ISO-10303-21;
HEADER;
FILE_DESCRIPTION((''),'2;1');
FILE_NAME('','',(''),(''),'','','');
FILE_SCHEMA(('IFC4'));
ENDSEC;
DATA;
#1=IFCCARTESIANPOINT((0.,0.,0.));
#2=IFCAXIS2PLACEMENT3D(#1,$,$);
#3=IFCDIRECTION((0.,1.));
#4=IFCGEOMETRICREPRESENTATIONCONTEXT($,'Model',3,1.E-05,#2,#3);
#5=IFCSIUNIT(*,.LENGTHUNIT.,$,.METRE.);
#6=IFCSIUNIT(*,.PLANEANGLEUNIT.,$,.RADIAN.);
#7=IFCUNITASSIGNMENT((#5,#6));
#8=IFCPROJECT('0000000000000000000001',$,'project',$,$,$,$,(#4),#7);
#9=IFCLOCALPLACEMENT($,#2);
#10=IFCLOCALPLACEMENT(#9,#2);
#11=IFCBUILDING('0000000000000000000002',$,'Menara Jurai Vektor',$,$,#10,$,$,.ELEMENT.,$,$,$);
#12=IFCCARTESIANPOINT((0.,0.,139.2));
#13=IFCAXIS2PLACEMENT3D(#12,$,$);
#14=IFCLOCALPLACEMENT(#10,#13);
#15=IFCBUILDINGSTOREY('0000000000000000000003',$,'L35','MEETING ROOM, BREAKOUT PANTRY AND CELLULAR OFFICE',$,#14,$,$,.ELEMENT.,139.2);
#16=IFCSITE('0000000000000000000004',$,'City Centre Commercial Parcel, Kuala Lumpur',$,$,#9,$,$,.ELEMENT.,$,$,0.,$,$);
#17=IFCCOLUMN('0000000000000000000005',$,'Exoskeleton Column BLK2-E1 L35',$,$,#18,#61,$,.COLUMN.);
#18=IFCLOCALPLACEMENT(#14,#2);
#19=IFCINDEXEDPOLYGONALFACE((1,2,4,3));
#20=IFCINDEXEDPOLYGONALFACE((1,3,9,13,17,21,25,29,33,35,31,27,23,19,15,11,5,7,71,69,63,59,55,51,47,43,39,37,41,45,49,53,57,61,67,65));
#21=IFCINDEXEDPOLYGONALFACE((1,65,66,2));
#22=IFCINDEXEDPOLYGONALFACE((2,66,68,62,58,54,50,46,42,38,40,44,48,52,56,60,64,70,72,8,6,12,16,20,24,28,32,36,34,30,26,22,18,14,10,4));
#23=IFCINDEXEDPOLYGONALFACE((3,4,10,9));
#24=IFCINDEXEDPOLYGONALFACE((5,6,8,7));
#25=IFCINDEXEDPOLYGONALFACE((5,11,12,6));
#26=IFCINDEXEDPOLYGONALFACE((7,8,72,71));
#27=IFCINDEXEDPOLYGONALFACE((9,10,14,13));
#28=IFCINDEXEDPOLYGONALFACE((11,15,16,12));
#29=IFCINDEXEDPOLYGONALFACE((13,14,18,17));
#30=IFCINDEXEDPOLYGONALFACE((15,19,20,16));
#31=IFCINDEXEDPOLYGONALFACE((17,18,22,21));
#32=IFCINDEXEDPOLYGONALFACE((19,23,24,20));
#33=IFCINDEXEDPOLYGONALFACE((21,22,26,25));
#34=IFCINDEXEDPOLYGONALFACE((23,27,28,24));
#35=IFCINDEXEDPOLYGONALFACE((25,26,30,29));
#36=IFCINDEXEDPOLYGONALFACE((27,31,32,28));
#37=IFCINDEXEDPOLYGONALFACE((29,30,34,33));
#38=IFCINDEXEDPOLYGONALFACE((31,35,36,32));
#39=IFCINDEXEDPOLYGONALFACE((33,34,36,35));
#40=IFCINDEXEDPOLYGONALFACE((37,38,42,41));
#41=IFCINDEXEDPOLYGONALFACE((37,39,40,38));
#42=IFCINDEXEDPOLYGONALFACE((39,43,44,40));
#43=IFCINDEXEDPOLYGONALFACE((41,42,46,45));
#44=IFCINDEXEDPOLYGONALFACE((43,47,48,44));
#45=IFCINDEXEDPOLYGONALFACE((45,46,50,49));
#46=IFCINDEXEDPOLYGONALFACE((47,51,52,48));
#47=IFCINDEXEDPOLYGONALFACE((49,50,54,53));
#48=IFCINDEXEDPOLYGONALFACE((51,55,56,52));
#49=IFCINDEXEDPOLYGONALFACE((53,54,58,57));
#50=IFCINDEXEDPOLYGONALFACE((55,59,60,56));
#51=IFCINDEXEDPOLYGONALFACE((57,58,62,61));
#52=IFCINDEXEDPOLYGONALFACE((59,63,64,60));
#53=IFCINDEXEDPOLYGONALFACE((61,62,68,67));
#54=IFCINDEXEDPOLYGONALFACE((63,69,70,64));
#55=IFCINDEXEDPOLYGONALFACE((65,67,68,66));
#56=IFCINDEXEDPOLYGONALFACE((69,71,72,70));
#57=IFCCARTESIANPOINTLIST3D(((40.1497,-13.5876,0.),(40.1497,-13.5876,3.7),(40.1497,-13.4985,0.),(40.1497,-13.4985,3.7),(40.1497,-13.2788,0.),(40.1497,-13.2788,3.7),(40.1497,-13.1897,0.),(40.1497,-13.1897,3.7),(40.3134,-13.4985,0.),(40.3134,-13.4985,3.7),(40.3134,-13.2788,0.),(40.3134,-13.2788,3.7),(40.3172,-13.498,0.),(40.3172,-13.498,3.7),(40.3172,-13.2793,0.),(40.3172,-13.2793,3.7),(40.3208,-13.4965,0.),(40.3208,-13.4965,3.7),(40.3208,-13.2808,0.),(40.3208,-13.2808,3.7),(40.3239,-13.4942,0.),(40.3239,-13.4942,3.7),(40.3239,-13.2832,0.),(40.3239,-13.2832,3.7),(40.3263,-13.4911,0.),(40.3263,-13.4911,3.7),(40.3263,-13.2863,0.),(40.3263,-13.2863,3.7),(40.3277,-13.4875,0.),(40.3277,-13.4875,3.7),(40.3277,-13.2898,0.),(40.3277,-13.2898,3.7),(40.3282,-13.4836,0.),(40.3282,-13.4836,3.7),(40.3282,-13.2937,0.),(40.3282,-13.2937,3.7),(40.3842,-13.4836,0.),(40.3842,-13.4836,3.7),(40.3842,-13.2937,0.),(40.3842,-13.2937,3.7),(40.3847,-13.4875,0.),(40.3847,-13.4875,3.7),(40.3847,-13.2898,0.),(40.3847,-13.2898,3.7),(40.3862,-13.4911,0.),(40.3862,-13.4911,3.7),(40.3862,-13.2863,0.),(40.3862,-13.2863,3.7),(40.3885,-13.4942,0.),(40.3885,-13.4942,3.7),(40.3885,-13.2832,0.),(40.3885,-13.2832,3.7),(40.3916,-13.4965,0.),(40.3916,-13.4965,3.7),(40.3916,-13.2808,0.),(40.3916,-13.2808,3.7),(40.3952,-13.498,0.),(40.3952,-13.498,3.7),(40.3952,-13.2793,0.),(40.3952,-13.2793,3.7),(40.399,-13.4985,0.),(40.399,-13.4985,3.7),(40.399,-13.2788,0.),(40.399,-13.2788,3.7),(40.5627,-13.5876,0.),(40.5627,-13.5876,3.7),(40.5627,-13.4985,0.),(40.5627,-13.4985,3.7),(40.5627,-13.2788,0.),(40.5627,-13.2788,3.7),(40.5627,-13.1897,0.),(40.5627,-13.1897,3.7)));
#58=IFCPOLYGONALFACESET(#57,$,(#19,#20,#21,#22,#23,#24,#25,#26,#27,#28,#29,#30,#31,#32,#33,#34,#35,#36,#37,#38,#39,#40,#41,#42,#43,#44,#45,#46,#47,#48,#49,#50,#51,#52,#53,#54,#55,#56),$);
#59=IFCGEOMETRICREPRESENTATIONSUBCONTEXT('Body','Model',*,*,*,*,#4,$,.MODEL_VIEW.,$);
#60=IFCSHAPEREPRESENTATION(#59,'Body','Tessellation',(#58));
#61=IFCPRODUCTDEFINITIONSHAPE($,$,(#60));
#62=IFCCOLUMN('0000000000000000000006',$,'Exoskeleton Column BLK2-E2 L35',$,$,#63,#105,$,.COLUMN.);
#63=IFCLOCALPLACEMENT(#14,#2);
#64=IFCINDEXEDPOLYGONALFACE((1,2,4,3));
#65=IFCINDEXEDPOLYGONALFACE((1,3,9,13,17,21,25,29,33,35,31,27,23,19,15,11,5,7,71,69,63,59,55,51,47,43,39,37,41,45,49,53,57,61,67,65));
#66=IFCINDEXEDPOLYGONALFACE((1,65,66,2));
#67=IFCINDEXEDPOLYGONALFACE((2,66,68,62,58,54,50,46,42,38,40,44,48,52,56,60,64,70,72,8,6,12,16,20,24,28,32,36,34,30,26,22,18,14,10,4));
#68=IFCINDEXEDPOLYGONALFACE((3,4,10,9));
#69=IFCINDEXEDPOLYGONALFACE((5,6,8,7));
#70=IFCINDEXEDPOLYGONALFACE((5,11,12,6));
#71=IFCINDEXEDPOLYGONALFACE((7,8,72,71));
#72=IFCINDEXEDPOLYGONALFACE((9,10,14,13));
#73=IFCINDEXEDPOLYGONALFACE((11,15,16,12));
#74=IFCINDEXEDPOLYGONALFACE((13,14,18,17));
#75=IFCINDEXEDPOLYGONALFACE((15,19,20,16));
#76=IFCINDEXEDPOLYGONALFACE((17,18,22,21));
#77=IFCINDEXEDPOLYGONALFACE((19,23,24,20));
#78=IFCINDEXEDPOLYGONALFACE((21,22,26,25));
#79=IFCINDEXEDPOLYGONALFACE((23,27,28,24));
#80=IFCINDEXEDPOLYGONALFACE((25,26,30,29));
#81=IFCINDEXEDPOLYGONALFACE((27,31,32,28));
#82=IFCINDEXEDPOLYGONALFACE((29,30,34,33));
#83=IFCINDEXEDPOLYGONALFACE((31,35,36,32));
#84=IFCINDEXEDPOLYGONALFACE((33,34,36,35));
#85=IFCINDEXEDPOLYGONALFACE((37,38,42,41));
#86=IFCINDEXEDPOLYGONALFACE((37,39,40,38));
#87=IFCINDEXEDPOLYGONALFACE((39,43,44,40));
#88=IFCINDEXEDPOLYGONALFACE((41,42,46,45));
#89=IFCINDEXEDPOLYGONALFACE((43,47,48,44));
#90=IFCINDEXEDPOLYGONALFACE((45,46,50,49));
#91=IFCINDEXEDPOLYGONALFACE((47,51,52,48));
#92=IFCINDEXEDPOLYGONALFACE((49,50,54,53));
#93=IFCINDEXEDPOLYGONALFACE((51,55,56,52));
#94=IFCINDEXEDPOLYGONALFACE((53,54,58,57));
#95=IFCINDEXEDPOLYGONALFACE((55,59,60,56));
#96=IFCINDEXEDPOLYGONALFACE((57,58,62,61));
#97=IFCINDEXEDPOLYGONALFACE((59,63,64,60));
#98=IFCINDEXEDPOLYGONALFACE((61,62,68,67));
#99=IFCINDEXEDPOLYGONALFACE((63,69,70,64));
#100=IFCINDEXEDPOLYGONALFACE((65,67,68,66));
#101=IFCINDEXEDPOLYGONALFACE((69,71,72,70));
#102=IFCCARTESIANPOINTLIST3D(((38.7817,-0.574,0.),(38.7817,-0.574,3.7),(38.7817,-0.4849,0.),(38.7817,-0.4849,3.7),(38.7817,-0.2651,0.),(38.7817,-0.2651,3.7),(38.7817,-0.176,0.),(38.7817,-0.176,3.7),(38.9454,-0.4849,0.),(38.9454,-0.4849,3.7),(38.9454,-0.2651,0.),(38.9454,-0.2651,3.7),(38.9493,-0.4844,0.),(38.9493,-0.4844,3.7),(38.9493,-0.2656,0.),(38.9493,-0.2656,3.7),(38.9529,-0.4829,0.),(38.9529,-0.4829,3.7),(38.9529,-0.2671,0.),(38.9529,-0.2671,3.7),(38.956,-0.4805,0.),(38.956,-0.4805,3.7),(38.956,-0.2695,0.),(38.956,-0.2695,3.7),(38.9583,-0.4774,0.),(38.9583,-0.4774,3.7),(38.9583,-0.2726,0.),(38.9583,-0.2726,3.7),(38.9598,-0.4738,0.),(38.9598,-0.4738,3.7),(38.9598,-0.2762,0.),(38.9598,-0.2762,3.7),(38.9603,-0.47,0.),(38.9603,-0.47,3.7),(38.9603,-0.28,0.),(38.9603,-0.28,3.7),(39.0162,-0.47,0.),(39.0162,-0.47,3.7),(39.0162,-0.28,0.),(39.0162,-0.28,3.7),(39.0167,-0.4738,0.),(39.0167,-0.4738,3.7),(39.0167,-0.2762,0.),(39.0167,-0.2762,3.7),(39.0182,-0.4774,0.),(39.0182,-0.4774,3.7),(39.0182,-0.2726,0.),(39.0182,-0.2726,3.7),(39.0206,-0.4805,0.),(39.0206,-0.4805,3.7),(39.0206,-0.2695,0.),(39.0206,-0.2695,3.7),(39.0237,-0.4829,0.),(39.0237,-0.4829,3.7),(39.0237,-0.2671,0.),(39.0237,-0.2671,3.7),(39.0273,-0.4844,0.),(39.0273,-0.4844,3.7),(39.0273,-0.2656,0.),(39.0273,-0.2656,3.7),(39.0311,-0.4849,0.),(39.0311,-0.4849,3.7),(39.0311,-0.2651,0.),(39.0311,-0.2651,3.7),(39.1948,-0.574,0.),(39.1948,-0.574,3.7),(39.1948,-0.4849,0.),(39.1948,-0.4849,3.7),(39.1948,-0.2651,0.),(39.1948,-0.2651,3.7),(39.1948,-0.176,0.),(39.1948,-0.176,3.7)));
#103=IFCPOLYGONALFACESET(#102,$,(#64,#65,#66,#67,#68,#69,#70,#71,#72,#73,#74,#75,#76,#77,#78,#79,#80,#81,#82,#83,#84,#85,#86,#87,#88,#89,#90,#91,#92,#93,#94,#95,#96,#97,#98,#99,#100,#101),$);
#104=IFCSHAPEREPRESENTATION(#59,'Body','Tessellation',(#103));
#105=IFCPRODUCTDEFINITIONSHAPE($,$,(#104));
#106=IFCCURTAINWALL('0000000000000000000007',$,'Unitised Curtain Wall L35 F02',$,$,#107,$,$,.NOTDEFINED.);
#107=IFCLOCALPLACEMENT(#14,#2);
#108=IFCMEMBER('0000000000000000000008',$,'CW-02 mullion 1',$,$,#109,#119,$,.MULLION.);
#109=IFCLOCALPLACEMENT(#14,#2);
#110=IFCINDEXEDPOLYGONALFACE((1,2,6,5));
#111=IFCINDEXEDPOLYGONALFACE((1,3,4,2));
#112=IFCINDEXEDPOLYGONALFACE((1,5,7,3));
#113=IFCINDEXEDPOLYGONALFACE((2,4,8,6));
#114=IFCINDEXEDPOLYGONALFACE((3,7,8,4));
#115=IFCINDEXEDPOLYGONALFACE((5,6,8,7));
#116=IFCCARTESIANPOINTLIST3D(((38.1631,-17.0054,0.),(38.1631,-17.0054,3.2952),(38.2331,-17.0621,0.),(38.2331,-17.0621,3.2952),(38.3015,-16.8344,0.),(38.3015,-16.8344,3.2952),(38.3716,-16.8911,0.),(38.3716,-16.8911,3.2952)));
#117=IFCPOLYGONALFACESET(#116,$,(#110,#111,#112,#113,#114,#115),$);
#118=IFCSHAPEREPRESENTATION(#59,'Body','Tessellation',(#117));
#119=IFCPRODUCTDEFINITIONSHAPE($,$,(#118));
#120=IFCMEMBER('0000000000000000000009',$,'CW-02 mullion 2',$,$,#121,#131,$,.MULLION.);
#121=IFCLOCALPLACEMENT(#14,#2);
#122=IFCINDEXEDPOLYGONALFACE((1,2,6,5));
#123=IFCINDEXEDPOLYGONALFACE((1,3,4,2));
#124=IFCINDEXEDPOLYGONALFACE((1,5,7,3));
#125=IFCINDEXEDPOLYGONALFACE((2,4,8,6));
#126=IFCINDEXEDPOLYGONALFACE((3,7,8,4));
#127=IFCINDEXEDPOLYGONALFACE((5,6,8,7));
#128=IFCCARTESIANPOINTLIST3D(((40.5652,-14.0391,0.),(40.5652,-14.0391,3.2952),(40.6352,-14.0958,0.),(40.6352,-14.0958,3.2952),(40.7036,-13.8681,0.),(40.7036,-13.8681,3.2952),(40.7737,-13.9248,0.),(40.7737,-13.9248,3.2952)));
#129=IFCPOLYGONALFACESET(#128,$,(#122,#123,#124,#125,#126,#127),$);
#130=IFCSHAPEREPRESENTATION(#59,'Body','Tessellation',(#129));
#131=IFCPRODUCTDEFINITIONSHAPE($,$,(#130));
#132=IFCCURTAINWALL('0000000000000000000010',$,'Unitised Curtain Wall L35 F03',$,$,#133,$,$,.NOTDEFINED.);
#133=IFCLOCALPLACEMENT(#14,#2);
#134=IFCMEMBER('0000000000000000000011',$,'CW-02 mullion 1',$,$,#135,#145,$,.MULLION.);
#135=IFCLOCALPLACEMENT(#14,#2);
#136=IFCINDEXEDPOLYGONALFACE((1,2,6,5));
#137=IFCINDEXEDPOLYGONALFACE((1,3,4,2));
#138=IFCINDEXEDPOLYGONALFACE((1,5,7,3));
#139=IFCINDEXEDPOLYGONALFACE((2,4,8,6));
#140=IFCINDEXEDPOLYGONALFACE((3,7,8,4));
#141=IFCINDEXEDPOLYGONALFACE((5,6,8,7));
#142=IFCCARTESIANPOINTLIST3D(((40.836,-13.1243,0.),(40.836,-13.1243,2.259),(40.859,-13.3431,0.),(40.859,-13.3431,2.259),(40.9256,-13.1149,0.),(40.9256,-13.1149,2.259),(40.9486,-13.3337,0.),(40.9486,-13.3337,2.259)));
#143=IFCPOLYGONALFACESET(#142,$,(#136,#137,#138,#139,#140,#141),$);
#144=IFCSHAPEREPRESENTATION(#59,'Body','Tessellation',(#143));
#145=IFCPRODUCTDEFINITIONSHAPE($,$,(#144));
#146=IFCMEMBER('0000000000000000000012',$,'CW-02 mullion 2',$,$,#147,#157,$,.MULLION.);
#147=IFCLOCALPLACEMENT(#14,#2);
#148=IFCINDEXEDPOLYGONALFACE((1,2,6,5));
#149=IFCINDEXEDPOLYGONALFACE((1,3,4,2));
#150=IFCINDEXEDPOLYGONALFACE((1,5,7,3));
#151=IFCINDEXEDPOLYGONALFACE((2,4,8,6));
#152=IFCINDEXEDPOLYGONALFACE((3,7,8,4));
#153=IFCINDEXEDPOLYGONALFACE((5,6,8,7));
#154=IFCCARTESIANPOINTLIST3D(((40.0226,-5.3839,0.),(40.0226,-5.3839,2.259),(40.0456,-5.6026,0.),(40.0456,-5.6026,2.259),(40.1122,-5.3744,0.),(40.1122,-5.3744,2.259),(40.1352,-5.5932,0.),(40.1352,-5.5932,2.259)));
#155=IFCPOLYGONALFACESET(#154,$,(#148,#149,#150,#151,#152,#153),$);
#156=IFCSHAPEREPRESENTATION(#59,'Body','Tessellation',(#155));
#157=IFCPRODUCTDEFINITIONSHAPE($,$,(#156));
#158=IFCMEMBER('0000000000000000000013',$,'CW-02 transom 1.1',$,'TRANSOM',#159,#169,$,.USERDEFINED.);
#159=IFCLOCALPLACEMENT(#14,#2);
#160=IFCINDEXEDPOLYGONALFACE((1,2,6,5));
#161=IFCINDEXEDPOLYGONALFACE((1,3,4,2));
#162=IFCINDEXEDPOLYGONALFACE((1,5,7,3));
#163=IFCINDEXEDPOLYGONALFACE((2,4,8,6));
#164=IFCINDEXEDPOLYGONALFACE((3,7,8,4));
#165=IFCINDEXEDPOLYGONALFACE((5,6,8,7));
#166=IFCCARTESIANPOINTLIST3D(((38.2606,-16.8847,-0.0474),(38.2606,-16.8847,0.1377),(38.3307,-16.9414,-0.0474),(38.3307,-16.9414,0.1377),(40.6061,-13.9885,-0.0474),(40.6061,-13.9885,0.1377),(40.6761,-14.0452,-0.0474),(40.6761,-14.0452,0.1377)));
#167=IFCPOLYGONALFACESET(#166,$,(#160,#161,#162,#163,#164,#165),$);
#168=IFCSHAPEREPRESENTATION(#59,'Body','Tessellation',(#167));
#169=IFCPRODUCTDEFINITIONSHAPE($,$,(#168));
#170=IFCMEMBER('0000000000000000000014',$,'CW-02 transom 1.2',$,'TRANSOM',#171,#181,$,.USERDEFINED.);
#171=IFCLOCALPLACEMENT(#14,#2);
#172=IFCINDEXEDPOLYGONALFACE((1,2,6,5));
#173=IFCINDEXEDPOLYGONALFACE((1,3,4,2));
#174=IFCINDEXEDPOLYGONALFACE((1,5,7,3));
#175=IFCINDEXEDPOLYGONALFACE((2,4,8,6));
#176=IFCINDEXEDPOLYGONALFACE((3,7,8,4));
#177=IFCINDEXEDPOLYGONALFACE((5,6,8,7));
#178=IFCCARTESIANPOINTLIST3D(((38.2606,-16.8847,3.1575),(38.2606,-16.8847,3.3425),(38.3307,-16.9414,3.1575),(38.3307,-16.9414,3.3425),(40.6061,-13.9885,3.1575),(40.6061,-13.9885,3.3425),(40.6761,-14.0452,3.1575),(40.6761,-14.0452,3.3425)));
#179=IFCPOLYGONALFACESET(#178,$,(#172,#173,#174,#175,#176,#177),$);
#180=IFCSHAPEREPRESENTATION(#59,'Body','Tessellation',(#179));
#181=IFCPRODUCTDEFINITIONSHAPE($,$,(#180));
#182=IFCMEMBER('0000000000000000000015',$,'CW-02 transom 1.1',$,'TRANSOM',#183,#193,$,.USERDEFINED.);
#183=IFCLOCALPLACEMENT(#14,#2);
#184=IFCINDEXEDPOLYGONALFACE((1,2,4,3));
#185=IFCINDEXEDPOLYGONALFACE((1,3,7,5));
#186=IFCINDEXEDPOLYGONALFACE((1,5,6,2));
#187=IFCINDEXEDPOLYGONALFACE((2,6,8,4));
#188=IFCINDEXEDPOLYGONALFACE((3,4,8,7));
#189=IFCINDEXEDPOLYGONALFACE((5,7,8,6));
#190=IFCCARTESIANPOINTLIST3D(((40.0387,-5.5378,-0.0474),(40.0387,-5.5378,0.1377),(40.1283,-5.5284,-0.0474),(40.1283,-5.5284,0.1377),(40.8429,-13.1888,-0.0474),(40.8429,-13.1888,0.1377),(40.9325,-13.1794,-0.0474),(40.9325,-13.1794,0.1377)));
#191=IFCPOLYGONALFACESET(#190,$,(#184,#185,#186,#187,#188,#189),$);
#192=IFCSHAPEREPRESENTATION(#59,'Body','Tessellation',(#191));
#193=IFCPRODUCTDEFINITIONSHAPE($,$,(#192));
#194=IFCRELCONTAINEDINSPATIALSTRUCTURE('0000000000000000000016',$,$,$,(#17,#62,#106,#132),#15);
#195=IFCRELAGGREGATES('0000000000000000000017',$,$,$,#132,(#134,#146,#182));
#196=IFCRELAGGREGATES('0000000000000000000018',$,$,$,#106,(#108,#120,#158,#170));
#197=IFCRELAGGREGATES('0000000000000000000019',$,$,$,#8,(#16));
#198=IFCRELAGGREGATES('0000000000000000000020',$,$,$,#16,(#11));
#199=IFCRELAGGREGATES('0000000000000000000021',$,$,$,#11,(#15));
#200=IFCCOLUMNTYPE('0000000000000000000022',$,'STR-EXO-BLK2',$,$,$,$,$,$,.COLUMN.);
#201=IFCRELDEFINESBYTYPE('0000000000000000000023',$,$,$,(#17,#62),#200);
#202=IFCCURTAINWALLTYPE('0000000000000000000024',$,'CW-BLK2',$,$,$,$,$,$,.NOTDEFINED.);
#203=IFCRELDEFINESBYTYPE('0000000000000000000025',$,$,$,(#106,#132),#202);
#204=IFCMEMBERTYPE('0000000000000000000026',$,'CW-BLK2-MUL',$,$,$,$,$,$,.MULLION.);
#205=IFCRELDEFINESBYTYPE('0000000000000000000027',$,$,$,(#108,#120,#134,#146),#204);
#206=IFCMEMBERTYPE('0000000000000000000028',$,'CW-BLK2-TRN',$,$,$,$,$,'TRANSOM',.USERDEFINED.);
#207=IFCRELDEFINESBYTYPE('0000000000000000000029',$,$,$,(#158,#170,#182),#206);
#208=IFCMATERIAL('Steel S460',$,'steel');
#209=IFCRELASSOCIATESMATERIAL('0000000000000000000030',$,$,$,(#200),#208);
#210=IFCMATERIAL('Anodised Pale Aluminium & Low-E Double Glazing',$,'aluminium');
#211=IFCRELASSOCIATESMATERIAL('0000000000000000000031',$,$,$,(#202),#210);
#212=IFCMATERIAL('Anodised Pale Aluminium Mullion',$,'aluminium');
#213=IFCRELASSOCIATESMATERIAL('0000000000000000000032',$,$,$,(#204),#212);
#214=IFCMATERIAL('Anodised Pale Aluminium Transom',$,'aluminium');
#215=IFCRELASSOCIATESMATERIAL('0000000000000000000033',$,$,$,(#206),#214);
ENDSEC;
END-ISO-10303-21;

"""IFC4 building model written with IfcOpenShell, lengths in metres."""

from ifc_helpers import new_model, si_unit, direction, frame, origin, origin_2d, place, context, subcontext, project, spatial, rectangle, i_section, extrude, material, material_profile, profile_set, type_object, element, aggregate, save


model = new_model("IFC4")

# Units and contexts
model_context = context("Model", 3, precision=1e-05, world=origin(), true_north=direction((0.0, 1.0)))
body_context = subcontext(model_context, "Body", "Model", "MODEL_VIEW")
ifc_project = project(units=[si_unit("LENGTHUNIT", "METRE"), si_unit("PLANEANGLEUNIT", "RADIAN")], contexts=[model_context])

# Site, building, storey
site_placement = place(None, origin())
site = spatial("IfcSite", under=ifc_project, at=site_placement, Name="City Centre Commercial Parcel, Kuala Lumpur", CompositionType="ELEMENT", RefElevation=0.0)
building_placement = place(site_placement, origin())
building = spatial("IfcBuilding", under=site, at=building_placement, Name="Menara Jurai Vektor", CompositionType="ELEMENT")
storey_placement = place(building_placement, frame((0.0, 0.0, 139.2)))
storey = spatial("IfcBuildingStorey", under=building, at=storey_placement, Name="L35", Description="MEETING ROOM, BREAKOUT PANTRY AND CELLULAR OFFICE", CompositionType="ELEMENT", Elevation=139.2)

# Columns
ifc_material_1 = material(Name="Steel S460", Category="steel")
ifc_material_profile_1 = material_profile(ifc_material_1, i_section(OverallWidth=0.4131, OverallDepth=0.3979, WebThickness=0.0559, FlangeThickness=0.0891, FilletRadius=0.0149, at=origin_2d()), Name="HD 400x744")
ifc_profile_set_1 = profile_set([ifc_material_profile_1], Name="Steel S460")
column_type = type_object("IfcColumnType", Name="STR-EXO-BLK2", PredefinedType="COLUMN", material=ifc_profile_set_1)
for number, where, z_axis, x_axis, name in (
    (1, (40.3562, -13.3887, 0.0), (0.0, 0.0, 1.0), (1.0, 0.0, 0.0), "Exoskeleton Column BLK2-E1 L35"),
    (2, (38.9883, -0.375, 0.0), (0.0, 0.0, 1.0), (1.0, 0.0, 0.0), "Exoskeleton Column BLK2-E2 L35"),
):
    element("IfcColumn", number, at=place(storey_placement, frame(where, z_axis=z_axis, x_axis=x_axis)), inside=storey, type_object=column_type, Name=name, PredefinedType="COLUMN", context=body_context, shape_type="SweptSolid", body=[
        extrude(i_section(OverallWidth=0.4131, OverallDepth=0.3979, WebThickness=0.0559, FlangeThickness=0.0891, FilletRadius=0.0149, at=origin_2d()), origin(), (0.0, 0.0, 1.0), 3.7),
    ])

# Curtain walls, members
ifc_material_2 = material(Name="Anodised Pale Aluminium & Low-E Double Glazing", Category="aluminium")
curtain_wall_type = type_object("IfcCurtainWallType", Name="CW-BLK2", PredefinedType="NOTDEFINED", material=ifc_material_2)
curtain_wall_1_placement = place(storey_placement, origin())
curtain_wall_1 = element("IfcCurtainWall", 3, at=curtain_wall_1_placement, inside=storey, type_object=curtain_wall_type, Name="Unitised Curtain Wall L35 F02", PredefinedType="NOTDEFINED")
ifc_material_3 = material(Name="Anodised Pale Aluminium Mullion", Category="aluminium")
ifc_material_profile_2 = material_profile(ifc_material_3, rectangle(XDim=0.0901, YDim=0.22, at=origin_2d()), Name="ALU MUL 90x220")
ifc_profile_set_2 = profile_set([ifc_material_profile_2], Name="Anodised Pale Aluminium Mullion")
member_type_1 = type_object("IfcMemberType", Name="CW-BLK2-MUL", PredefinedType="MULLION", material=ifc_profile_set_2)
member_1_placement = place(storey_placement, frame((38.2673, -16.9482, 0.0), z_axis=(0.0, 0.0, 1.0), x_axis=(-0.777129, 0.629341, 0.0)))
member_1 = element("IfcMember", 4, at=member_1_placement, type_object=member_type_1, Name="CW-02 mullion 1", PredefinedType="MULLION", context=body_context, shape_type="SweptSolid", body=[
    extrude(rectangle(XDim=0.0901, YDim=0.22, at=origin_2d()), origin(), (0.0, 0.0, 1.0), 3.2952),
])
member_2_placement = place(storey_placement, frame((40.6694, -13.9819, 0.0), z_axis=(0.0, 0.0, 1.0), x_axis=(-0.777129, 0.629341, 0.0)))
member_2 = element("IfcMember", 5, at=member_2_placement, type_object=member_type_1, Name="CW-02 mullion 2", PredefinedType="MULLION", context=body_context, shape_type="SweptSolid", body=[
    extrude(rectangle(XDim=0.0901, YDim=0.22, at=origin_2d()), origin(), (0.0, 0.0, 1.0), 3.2952),
])
curtain_wall_2_placement = place(storey_placement, origin())
curtain_wall_2 = element("IfcCurtainWall", 6, at=curtain_wall_2_placement, inside=storey, type_object=curtain_wall_type, Name="Unitised Curtain Wall L35 F03", PredefinedType="NOTDEFINED")
member_3_placement = place(storey_placement, frame((40.8923, -13.229, 0.0), z_axis=(0.0, 0.0, 1.0), x_axis=(-0.994522, -0.10453, 0.0)))
member_3 = element("IfcMember", 7, at=member_3_placement, type_object=member_type_1, Name="CW-02 mullion 1", PredefinedType="MULLION", context=body_context, shape_type="SweptSolid", body=[
    extrude(rectangle(XDim=0.0901, YDim=0.22, at=origin_2d()), origin(), (0.0, 0.0, 1.0), 2.259),
])
member_4_placement = place(storey_placement, frame((40.0789, -5.4885, 0.0), z_axis=(0.0, 0.0, 1.0), x_axis=(-0.994522, -0.10453, 0.0)))
member_4 = element("IfcMember", 8, at=member_4_placement, type_object=member_type_1, Name="CW-02 mullion 2", PredefinedType="MULLION", context=body_context, shape_type="SweptSolid", body=[
    extrude(rectangle(XDim=0.0901, YDim=0.22, at=origin_2d()), origin(), (0.0, 0.0, 1.0), 2.259),
])

# Members
ifc_material_4 = material(Name="Anodised Pale Aluminium Transom", Category="aluminium")
ifc_material_profile_3 = material_profile(ifc_material_4, rectangle(XDim=0.0901, YDim=0.1851, at=origin_2d()), Name="ALU TRN 90x185")
ifc_profile_set_3 = profile_set([ifc_material_profile_3], Name="Anodised Pale Aluminium Transom")
member_type_2 = type_object("IfcMemberType", Name="CW-BLK2-TRN", ElementType="TRANSOM", PredefinedType="USERDEFINED", material=ifc_profile_set_3)
member_5_placement = place(storey_placement, frame((38.2957, -16.9131, 0.0452), z_axis=(0.629341, 0.777129, 0.0), x_axis=(-0.777129, 0.629341, 0.0)))
member_5 = element("IfcMember", 9, at=member_5_placement, type_object=member_type_2, Name="CW-02 transom 1.1", ObjectType="TRANSOM", PredefinedType="USERDEFINED", context=body_context, shape_type="SweptSolid", body=[
    extrude(rectangle(XDim=0.0901, YDim=0.1851, at=origin_2d()), origin(), (0.0, 0.0, 1.0), 3.7268),
])
member_6_placement = place(storey_placement, frame((38.2957, -16.9131, 3.25), z_axis=(0.629341, 0.777129, 0.0), x_axis=(-0.777129, 0.629341, 0.0)))
member_6 = element("IfcMember", 10, at=member_6_placement, type_object=member_type_2, Name="CW-02 transom 1.2", ObjectType="TRANSOM", PredefinedType="USERDEFINED", context=body_context, shape_type="SweptSolid", body=[
    extrude(rectangle(XDim=0.0901, YDim=0.1851, at=origin_2d()), origin(), (0.0, 0.0, 1.0), 3.7268),
])
member_7_placement = place(storey_placement, frame((40.8877, -13.1841, 0.0452), z_axis=(-0.104536, 0.994521, 0.0), x_axis=(-0.994521, -0.104536, 0.0)))
member_7 = element("IfcMember", 11, at=member_7_placement, type_object=member_type_2, Name="CW-02 transom 1.1", ObjectType="TRANSOM", PredefinedType="USERDEFINED", context=body_context, shape_type="SweptSolid", body=[
    extrude(rectangle(XDim=0.0901, YDim=0.1851, at=origin_2d()), origin(), (0.0, 0.0, 1.0), 7.6931),
])

aggregate(curtain_wall_2, [member_3, member_4, member_7])
aggregate(curtain_wall_1, [member_1, member_2, member_5, member_6])

save(model, "model.ifc")
